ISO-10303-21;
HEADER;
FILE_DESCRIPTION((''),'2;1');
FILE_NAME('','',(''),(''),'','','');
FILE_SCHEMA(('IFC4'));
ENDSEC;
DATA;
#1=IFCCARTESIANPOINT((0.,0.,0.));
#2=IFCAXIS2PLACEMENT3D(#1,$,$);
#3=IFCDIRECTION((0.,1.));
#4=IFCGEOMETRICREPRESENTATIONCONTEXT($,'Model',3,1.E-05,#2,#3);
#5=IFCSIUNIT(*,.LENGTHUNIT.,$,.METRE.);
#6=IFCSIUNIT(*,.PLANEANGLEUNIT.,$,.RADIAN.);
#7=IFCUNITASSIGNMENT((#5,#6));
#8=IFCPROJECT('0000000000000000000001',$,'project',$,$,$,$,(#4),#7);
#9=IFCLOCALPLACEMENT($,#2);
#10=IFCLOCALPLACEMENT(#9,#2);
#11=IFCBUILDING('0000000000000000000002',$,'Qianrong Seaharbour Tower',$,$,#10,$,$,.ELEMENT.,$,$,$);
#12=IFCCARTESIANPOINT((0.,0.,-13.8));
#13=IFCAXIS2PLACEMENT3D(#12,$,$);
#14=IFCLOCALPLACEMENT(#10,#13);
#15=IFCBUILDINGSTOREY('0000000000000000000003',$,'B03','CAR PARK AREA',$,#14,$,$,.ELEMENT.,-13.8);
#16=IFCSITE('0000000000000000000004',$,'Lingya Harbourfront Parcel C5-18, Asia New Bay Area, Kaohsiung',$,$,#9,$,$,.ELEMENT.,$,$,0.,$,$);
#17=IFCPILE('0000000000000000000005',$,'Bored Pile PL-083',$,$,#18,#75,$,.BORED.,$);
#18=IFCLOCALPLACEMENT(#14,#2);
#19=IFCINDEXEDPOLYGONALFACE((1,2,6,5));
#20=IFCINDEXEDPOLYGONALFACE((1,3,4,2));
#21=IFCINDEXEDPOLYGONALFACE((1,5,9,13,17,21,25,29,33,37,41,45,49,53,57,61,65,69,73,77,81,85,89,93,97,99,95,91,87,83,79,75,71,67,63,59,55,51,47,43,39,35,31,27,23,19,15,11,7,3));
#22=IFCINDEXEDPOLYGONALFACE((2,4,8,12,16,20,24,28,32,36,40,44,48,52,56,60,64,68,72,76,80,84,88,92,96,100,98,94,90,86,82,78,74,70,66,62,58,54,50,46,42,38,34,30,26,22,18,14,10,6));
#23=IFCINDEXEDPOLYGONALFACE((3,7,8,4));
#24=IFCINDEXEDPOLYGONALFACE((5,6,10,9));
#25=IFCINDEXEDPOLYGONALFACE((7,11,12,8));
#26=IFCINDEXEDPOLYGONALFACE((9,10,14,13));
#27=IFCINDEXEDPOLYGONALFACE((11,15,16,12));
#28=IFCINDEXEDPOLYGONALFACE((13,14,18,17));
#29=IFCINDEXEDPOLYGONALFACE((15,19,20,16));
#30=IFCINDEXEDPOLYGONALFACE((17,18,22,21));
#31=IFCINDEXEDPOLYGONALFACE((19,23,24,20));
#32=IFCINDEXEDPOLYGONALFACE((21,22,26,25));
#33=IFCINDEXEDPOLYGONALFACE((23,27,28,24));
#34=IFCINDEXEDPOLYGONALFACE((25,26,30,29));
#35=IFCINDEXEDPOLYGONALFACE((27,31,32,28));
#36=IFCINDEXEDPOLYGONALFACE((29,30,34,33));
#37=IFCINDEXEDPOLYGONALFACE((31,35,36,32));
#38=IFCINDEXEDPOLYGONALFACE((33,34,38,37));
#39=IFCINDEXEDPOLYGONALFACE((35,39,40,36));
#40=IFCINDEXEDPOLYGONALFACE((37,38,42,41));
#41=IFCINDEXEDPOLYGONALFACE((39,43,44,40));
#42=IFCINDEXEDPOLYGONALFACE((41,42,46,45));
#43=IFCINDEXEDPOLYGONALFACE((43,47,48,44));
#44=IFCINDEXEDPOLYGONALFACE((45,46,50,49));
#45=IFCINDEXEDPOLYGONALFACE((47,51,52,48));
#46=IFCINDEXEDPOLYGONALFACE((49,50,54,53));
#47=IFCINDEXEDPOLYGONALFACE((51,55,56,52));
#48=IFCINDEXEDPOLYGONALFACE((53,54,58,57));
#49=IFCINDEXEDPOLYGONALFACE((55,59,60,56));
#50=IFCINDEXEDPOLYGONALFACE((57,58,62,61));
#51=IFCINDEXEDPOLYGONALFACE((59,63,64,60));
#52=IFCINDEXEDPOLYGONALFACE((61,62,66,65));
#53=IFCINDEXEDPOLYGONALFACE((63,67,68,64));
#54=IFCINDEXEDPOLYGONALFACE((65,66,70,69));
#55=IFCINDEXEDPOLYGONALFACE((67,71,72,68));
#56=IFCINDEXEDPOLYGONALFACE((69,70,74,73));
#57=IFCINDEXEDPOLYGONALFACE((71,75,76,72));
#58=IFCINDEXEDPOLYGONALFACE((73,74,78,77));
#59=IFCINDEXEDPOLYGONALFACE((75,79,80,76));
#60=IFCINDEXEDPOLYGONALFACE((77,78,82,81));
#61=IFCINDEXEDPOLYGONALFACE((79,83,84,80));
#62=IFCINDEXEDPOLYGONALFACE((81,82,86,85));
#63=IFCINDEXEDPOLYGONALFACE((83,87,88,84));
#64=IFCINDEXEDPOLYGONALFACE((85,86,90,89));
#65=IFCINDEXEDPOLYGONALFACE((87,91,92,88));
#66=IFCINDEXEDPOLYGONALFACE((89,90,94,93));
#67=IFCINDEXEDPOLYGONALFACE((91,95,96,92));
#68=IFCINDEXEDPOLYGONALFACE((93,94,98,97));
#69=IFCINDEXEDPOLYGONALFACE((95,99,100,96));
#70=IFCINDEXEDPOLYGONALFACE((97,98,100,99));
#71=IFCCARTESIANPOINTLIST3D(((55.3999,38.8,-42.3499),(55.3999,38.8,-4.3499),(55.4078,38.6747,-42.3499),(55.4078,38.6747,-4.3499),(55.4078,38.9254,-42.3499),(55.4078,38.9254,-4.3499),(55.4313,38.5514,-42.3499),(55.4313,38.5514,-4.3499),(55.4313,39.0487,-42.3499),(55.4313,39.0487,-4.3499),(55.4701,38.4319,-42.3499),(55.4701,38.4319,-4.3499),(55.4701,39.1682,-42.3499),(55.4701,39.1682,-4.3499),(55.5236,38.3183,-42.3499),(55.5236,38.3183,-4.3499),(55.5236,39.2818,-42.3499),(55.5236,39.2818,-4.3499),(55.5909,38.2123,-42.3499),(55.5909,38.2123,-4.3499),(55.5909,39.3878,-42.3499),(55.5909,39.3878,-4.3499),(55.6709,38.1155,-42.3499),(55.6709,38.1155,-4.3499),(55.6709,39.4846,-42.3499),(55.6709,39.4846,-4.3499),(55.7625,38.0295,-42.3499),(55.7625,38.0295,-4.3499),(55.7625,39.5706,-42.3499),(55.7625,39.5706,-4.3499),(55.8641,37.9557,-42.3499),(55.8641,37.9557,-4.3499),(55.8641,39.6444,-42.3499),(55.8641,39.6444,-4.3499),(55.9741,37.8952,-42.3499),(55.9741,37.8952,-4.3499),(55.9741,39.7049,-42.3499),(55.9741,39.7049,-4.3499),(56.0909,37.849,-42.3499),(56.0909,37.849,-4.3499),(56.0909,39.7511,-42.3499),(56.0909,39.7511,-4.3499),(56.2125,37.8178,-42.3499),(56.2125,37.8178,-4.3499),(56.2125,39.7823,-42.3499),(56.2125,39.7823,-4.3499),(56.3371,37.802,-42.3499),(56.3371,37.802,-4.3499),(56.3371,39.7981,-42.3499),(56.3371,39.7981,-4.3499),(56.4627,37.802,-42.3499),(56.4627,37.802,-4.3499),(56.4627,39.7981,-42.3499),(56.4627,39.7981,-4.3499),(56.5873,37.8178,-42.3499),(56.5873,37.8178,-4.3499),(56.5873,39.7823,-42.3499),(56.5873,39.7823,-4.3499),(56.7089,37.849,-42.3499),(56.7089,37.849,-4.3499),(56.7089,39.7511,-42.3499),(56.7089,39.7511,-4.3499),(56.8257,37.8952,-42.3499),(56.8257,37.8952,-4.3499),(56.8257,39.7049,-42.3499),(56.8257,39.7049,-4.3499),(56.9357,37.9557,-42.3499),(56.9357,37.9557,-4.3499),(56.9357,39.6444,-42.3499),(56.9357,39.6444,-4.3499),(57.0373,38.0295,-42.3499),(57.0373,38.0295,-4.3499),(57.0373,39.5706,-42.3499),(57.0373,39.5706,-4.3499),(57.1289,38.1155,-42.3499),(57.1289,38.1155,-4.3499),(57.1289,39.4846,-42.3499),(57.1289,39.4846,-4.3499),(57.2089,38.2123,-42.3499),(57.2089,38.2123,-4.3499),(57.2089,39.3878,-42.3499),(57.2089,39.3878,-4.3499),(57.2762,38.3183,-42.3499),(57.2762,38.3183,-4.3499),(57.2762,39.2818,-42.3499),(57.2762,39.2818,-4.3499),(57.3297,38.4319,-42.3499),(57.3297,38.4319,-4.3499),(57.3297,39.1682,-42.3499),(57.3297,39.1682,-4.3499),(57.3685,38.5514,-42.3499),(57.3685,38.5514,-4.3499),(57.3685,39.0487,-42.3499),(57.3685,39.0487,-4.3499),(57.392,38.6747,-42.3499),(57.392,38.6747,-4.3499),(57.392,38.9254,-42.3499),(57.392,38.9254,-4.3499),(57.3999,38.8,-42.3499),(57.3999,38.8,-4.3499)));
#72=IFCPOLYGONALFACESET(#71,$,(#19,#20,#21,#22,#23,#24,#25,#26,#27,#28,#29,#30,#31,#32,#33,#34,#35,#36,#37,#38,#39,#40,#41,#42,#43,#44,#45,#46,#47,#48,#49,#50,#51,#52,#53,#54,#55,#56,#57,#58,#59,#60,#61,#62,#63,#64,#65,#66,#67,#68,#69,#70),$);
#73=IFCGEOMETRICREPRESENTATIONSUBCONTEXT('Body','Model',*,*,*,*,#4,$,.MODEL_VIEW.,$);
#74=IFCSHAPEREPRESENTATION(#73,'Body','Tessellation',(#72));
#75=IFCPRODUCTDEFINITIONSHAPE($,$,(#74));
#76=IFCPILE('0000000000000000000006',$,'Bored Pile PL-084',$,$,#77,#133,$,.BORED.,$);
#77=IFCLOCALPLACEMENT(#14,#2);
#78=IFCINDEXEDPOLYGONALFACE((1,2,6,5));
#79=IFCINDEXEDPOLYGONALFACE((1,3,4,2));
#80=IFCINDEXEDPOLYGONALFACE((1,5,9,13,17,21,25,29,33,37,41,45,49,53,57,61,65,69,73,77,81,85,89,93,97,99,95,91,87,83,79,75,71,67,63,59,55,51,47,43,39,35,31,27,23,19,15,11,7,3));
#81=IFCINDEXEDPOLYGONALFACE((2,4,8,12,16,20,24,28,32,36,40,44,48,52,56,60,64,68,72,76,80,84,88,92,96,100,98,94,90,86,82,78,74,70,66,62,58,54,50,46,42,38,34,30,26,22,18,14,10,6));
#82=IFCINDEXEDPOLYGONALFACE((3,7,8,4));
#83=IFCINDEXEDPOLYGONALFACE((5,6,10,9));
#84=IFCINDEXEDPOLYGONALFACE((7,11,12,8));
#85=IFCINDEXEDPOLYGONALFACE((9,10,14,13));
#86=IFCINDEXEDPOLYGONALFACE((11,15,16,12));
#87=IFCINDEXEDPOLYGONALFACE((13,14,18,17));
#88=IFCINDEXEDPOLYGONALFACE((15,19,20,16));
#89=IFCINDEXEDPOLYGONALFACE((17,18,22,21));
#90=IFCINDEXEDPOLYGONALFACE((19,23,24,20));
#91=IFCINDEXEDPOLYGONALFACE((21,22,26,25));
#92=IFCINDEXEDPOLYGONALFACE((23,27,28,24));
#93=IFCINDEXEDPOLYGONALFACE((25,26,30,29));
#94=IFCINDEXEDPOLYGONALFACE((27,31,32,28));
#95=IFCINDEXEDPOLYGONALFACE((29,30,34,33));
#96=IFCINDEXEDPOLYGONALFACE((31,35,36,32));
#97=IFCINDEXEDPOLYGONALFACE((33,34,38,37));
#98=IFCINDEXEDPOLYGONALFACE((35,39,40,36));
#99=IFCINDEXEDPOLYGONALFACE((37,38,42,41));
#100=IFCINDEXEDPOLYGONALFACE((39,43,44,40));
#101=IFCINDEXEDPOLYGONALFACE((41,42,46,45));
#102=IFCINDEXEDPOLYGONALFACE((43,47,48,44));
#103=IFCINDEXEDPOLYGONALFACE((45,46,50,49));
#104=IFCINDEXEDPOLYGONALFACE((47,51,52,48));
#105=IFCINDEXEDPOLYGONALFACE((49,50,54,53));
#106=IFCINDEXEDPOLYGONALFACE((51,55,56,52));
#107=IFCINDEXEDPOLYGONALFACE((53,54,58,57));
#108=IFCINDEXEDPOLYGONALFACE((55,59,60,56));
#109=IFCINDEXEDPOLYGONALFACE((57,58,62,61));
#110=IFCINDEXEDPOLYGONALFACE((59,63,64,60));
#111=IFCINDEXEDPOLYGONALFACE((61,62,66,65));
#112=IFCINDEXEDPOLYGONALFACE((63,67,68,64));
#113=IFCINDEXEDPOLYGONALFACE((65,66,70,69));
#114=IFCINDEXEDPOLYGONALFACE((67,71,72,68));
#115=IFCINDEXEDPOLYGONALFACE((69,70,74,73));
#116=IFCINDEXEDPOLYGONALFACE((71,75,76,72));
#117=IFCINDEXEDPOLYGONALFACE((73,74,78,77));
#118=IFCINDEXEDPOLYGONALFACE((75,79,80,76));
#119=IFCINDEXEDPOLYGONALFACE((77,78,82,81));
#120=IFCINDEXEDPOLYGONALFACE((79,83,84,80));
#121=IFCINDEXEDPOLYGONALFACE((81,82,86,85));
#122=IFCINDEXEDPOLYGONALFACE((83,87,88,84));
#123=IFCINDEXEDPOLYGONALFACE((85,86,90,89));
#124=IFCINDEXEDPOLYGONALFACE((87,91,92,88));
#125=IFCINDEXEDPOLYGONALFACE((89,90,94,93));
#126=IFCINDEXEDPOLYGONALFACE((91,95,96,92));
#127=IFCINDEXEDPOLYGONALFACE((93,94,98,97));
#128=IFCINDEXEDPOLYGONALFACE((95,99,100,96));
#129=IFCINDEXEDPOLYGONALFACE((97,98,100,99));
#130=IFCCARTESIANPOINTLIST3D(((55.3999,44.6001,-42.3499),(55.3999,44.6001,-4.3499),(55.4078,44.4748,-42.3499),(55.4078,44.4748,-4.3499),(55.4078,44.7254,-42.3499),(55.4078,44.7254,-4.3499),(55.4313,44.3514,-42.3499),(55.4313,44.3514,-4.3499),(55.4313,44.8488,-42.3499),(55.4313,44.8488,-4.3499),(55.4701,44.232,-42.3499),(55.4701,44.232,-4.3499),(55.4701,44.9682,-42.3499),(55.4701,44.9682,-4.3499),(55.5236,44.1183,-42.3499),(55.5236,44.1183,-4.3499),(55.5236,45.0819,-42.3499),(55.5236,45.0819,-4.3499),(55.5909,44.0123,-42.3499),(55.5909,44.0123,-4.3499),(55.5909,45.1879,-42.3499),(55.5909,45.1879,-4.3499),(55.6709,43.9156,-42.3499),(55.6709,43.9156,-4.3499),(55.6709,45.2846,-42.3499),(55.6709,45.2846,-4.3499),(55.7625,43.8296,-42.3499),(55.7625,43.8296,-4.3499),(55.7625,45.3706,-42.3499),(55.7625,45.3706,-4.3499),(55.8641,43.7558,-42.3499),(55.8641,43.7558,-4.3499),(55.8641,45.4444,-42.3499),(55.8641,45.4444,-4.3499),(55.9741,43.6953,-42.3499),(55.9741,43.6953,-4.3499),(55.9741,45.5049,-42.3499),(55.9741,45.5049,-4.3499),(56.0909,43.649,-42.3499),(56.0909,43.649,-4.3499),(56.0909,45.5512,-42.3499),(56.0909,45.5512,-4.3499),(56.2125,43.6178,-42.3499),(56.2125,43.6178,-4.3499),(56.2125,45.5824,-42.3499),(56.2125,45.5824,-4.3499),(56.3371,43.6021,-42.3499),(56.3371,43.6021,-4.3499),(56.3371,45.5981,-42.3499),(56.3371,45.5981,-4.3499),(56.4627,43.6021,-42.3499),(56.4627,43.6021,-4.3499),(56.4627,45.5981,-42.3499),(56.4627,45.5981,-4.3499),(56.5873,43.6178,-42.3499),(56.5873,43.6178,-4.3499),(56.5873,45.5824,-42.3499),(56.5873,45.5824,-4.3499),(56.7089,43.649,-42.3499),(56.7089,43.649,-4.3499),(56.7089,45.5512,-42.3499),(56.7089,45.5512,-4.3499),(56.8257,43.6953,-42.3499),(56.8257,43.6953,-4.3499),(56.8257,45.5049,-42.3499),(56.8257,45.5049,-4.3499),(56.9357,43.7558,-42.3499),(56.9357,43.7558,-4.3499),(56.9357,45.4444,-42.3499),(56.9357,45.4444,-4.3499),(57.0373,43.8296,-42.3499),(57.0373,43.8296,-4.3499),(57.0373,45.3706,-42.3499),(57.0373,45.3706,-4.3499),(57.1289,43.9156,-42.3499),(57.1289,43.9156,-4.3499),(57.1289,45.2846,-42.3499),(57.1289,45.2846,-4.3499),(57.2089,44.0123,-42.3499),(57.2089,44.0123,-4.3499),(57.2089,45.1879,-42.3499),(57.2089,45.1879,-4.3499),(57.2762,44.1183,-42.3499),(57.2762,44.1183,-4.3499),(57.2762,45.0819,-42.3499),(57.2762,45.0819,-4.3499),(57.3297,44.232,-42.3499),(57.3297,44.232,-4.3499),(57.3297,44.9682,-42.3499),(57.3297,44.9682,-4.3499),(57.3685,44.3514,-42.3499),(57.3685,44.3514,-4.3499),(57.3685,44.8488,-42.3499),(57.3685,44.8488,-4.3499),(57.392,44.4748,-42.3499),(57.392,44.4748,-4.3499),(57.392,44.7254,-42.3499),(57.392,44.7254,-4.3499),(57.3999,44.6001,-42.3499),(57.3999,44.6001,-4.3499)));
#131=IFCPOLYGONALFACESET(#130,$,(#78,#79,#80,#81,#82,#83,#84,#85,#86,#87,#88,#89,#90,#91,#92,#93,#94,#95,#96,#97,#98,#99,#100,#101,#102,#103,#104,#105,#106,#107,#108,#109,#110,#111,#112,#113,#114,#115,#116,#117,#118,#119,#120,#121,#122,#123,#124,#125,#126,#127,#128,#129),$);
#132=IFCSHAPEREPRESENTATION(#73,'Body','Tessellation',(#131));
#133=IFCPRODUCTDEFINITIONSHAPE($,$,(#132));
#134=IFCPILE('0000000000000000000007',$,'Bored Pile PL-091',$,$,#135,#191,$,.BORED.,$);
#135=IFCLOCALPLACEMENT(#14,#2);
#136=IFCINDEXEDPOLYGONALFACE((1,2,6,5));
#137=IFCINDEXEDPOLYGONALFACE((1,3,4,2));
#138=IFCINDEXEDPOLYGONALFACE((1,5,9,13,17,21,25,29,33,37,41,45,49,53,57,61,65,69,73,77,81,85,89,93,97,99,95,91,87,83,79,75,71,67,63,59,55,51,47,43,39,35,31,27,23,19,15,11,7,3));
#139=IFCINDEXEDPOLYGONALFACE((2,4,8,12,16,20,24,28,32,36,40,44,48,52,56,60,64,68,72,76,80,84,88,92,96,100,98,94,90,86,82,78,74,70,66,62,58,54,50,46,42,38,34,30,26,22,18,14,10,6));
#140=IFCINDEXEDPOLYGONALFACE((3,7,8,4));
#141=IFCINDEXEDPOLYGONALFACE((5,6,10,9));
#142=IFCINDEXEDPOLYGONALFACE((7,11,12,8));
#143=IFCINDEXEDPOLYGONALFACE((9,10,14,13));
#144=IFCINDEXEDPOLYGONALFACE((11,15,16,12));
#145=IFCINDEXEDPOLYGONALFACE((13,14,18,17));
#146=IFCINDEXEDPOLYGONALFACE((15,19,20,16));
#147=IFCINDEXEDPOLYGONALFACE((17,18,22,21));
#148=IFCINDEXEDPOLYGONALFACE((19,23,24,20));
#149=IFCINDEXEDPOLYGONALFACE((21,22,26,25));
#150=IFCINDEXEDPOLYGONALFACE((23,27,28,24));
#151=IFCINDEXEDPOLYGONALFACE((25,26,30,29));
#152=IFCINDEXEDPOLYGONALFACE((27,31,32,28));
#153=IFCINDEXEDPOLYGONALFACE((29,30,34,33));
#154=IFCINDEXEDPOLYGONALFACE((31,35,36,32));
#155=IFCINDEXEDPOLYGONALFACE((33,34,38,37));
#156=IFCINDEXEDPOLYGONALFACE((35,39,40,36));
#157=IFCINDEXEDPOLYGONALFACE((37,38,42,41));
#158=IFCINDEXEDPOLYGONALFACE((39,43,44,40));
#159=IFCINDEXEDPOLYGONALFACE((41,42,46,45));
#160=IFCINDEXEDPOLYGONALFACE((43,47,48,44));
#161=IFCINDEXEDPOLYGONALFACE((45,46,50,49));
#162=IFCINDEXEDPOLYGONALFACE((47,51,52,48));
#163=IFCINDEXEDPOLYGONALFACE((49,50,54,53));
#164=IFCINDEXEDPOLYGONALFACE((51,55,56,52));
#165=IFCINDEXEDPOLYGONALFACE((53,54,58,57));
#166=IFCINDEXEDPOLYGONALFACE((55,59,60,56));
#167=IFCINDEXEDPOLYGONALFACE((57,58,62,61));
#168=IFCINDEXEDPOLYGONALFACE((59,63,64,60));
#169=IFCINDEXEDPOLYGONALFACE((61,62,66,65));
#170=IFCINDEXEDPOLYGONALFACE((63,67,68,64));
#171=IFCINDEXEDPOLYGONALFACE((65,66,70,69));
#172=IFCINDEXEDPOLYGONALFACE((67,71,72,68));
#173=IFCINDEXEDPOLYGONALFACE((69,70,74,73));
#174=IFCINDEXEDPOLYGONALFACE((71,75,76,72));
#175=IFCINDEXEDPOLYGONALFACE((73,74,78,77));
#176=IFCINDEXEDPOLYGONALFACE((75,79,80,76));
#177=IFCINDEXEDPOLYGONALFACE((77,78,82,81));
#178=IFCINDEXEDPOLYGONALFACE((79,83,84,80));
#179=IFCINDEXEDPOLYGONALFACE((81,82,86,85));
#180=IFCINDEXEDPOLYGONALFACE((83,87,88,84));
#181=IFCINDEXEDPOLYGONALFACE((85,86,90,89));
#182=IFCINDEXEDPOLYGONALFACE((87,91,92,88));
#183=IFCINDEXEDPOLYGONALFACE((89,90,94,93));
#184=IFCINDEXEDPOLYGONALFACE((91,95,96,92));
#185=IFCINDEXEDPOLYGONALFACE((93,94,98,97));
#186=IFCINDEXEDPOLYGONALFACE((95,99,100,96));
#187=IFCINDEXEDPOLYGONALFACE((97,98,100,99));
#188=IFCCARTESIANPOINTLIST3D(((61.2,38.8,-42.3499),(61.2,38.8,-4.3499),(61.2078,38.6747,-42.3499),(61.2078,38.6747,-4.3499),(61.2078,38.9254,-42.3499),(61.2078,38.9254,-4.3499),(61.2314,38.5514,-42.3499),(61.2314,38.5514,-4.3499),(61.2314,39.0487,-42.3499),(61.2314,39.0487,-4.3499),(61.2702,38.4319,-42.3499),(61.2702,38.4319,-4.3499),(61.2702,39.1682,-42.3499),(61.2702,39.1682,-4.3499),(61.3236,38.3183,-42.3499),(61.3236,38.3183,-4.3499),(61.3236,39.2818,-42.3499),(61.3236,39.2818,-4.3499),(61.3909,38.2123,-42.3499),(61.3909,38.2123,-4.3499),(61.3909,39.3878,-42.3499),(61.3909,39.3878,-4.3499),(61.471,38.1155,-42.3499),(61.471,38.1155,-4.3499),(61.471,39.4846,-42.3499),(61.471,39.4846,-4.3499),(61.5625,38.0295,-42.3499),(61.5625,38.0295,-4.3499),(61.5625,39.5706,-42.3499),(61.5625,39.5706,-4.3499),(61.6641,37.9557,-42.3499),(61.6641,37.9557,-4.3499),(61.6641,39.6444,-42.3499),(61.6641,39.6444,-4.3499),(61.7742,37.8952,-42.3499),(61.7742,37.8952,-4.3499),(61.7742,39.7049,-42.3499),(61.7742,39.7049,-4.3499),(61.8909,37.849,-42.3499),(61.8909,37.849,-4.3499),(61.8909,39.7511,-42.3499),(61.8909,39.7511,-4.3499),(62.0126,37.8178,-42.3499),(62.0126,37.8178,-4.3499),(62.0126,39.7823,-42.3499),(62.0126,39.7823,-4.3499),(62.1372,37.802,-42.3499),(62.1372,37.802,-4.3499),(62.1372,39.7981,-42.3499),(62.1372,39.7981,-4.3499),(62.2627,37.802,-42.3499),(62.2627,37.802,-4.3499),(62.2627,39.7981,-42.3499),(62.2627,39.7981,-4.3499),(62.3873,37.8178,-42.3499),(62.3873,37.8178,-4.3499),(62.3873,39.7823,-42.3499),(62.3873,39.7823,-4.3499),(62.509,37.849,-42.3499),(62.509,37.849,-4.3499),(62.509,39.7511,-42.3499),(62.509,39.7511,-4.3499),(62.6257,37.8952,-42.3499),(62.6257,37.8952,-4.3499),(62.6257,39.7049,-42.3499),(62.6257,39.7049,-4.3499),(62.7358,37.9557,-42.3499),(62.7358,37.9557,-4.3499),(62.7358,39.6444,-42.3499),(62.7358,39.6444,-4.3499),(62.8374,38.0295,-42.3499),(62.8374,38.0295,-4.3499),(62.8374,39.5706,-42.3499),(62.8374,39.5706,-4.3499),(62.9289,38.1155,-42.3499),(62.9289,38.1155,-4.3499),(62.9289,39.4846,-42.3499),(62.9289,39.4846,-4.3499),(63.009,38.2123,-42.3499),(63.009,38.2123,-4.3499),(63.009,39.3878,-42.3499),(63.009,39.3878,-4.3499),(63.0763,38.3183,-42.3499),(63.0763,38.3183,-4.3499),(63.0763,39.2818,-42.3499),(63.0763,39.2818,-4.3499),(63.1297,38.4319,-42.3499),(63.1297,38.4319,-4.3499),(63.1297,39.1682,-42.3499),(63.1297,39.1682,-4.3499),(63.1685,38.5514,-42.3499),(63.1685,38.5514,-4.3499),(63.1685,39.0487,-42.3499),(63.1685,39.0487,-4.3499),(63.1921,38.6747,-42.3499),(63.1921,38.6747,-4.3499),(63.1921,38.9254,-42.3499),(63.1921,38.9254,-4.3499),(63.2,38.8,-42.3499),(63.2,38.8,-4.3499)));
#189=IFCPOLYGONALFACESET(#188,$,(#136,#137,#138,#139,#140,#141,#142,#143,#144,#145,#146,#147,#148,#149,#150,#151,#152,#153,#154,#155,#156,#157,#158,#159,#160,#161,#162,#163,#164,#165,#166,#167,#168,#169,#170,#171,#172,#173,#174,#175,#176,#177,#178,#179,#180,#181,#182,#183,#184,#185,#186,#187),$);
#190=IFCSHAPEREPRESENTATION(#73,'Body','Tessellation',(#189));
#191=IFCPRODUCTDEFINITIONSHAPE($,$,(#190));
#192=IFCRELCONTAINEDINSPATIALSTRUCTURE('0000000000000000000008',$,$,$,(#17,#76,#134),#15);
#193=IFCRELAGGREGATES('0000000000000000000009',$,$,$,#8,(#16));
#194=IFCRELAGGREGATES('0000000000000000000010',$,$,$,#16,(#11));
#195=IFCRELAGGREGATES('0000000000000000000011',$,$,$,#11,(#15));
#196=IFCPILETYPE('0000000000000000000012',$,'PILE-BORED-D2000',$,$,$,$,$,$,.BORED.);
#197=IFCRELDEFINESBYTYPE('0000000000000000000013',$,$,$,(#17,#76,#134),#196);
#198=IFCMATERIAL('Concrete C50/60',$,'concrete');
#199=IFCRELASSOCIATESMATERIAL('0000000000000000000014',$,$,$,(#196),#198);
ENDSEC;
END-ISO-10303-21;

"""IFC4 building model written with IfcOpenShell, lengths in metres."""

from ifc_helpers import new_model, si_unit, direction, frame, origin, origin_2d, place, context, subcontext, project, spatial, circle, extrude, material, material_profile, profile_set, type_object, element, save


model = new_model("IFC4")

# Units and contexts
model_context = context("Model", 3, precision=1e-05, world=origin(), true_north=direction((0.0, 1.0)))
body_context = subcontext(model_context, "Body", "Model", "MODEL_VIEW")
ifc_project = project(units=[si_unit("LENGTHUNIT", "METRE"), si_unit("PLANEANGLEUNIT", "RADIAN")], contexts=[model_context])

# Site, building, storey
site_placement = place(None, origin())
site = spatial("IfcSite", under=ifc_project, at=site_placement, Name="Lingya Harbourfront Parcel C5-18, Asia New Bay Area, Kaohsiung", CompositionType="ELEMENT", RefElevation=0.0)
building_placement = place(site_placement, origin())
building = spatial("IfcBuilding", under=site, at=building_placement, Name="Qianrong Seaharbour Tower", CompositionType="ELEMENT")
storey_placement = place(building_placement, frame((0.0, 0.0, -13.8)))
storey = spatial("IfcBuildingStorey", under=building, at=storey_placement, Name="B03", Description="CAR PARK AREA", CompositionType="ELEMENT", Elevation=-13.8)

# Piles
ifc_material_1 = material(Name="Concrete C50/60", Category="concrete")
ifc_material_profile_1 = material_profile(ifc_material_1, circle(Radius=1.0, at=origin_2d()), Name="PILE-D2000")
ifc_profile_set_1 = profile_set([ifc_material_profile_1], Name="Concrete C50/60")
pile_type = type_object("IfcPileType", Name="PILE-BORED-D2000", PredefinedType="BORED", material=ifc_profile_set_1)
for number, where, z_axis, x_axis, name in (
    (1, (56.3999, 38.8, -4.3499), (0.0, 0.0, -1.0), (1.0, 0.0, 0.0), "Bored Pile PL-083"),
    (2, (56.3999, 44.6001, -4.3499), (0.0, 0.0, -1.0), (1.0, 0.0, 0.0), "Bored Pile PL-084"),
    (3, (62.2, 38.8, -4.3499), (0.0, 0.0, -1.0), (1.0, 0.0, 0.0), "Bored Pile PL-091"),
):
    element("IfcPile", number, at=place(storey_placement, frame(where, z_axis=z_axis, x_axis=x_axis)), inside=storey, type_object=pile_type, Name=name, PredefinedType="BORED", context=body_context, shape_type="SweptSolid", body=[
        extrude(circle(Radius=1.0, at=origin_2d()), origin(), (0.0, 0.0, 1.0), 38.0),
    ])

save(model, "model.ifc")
